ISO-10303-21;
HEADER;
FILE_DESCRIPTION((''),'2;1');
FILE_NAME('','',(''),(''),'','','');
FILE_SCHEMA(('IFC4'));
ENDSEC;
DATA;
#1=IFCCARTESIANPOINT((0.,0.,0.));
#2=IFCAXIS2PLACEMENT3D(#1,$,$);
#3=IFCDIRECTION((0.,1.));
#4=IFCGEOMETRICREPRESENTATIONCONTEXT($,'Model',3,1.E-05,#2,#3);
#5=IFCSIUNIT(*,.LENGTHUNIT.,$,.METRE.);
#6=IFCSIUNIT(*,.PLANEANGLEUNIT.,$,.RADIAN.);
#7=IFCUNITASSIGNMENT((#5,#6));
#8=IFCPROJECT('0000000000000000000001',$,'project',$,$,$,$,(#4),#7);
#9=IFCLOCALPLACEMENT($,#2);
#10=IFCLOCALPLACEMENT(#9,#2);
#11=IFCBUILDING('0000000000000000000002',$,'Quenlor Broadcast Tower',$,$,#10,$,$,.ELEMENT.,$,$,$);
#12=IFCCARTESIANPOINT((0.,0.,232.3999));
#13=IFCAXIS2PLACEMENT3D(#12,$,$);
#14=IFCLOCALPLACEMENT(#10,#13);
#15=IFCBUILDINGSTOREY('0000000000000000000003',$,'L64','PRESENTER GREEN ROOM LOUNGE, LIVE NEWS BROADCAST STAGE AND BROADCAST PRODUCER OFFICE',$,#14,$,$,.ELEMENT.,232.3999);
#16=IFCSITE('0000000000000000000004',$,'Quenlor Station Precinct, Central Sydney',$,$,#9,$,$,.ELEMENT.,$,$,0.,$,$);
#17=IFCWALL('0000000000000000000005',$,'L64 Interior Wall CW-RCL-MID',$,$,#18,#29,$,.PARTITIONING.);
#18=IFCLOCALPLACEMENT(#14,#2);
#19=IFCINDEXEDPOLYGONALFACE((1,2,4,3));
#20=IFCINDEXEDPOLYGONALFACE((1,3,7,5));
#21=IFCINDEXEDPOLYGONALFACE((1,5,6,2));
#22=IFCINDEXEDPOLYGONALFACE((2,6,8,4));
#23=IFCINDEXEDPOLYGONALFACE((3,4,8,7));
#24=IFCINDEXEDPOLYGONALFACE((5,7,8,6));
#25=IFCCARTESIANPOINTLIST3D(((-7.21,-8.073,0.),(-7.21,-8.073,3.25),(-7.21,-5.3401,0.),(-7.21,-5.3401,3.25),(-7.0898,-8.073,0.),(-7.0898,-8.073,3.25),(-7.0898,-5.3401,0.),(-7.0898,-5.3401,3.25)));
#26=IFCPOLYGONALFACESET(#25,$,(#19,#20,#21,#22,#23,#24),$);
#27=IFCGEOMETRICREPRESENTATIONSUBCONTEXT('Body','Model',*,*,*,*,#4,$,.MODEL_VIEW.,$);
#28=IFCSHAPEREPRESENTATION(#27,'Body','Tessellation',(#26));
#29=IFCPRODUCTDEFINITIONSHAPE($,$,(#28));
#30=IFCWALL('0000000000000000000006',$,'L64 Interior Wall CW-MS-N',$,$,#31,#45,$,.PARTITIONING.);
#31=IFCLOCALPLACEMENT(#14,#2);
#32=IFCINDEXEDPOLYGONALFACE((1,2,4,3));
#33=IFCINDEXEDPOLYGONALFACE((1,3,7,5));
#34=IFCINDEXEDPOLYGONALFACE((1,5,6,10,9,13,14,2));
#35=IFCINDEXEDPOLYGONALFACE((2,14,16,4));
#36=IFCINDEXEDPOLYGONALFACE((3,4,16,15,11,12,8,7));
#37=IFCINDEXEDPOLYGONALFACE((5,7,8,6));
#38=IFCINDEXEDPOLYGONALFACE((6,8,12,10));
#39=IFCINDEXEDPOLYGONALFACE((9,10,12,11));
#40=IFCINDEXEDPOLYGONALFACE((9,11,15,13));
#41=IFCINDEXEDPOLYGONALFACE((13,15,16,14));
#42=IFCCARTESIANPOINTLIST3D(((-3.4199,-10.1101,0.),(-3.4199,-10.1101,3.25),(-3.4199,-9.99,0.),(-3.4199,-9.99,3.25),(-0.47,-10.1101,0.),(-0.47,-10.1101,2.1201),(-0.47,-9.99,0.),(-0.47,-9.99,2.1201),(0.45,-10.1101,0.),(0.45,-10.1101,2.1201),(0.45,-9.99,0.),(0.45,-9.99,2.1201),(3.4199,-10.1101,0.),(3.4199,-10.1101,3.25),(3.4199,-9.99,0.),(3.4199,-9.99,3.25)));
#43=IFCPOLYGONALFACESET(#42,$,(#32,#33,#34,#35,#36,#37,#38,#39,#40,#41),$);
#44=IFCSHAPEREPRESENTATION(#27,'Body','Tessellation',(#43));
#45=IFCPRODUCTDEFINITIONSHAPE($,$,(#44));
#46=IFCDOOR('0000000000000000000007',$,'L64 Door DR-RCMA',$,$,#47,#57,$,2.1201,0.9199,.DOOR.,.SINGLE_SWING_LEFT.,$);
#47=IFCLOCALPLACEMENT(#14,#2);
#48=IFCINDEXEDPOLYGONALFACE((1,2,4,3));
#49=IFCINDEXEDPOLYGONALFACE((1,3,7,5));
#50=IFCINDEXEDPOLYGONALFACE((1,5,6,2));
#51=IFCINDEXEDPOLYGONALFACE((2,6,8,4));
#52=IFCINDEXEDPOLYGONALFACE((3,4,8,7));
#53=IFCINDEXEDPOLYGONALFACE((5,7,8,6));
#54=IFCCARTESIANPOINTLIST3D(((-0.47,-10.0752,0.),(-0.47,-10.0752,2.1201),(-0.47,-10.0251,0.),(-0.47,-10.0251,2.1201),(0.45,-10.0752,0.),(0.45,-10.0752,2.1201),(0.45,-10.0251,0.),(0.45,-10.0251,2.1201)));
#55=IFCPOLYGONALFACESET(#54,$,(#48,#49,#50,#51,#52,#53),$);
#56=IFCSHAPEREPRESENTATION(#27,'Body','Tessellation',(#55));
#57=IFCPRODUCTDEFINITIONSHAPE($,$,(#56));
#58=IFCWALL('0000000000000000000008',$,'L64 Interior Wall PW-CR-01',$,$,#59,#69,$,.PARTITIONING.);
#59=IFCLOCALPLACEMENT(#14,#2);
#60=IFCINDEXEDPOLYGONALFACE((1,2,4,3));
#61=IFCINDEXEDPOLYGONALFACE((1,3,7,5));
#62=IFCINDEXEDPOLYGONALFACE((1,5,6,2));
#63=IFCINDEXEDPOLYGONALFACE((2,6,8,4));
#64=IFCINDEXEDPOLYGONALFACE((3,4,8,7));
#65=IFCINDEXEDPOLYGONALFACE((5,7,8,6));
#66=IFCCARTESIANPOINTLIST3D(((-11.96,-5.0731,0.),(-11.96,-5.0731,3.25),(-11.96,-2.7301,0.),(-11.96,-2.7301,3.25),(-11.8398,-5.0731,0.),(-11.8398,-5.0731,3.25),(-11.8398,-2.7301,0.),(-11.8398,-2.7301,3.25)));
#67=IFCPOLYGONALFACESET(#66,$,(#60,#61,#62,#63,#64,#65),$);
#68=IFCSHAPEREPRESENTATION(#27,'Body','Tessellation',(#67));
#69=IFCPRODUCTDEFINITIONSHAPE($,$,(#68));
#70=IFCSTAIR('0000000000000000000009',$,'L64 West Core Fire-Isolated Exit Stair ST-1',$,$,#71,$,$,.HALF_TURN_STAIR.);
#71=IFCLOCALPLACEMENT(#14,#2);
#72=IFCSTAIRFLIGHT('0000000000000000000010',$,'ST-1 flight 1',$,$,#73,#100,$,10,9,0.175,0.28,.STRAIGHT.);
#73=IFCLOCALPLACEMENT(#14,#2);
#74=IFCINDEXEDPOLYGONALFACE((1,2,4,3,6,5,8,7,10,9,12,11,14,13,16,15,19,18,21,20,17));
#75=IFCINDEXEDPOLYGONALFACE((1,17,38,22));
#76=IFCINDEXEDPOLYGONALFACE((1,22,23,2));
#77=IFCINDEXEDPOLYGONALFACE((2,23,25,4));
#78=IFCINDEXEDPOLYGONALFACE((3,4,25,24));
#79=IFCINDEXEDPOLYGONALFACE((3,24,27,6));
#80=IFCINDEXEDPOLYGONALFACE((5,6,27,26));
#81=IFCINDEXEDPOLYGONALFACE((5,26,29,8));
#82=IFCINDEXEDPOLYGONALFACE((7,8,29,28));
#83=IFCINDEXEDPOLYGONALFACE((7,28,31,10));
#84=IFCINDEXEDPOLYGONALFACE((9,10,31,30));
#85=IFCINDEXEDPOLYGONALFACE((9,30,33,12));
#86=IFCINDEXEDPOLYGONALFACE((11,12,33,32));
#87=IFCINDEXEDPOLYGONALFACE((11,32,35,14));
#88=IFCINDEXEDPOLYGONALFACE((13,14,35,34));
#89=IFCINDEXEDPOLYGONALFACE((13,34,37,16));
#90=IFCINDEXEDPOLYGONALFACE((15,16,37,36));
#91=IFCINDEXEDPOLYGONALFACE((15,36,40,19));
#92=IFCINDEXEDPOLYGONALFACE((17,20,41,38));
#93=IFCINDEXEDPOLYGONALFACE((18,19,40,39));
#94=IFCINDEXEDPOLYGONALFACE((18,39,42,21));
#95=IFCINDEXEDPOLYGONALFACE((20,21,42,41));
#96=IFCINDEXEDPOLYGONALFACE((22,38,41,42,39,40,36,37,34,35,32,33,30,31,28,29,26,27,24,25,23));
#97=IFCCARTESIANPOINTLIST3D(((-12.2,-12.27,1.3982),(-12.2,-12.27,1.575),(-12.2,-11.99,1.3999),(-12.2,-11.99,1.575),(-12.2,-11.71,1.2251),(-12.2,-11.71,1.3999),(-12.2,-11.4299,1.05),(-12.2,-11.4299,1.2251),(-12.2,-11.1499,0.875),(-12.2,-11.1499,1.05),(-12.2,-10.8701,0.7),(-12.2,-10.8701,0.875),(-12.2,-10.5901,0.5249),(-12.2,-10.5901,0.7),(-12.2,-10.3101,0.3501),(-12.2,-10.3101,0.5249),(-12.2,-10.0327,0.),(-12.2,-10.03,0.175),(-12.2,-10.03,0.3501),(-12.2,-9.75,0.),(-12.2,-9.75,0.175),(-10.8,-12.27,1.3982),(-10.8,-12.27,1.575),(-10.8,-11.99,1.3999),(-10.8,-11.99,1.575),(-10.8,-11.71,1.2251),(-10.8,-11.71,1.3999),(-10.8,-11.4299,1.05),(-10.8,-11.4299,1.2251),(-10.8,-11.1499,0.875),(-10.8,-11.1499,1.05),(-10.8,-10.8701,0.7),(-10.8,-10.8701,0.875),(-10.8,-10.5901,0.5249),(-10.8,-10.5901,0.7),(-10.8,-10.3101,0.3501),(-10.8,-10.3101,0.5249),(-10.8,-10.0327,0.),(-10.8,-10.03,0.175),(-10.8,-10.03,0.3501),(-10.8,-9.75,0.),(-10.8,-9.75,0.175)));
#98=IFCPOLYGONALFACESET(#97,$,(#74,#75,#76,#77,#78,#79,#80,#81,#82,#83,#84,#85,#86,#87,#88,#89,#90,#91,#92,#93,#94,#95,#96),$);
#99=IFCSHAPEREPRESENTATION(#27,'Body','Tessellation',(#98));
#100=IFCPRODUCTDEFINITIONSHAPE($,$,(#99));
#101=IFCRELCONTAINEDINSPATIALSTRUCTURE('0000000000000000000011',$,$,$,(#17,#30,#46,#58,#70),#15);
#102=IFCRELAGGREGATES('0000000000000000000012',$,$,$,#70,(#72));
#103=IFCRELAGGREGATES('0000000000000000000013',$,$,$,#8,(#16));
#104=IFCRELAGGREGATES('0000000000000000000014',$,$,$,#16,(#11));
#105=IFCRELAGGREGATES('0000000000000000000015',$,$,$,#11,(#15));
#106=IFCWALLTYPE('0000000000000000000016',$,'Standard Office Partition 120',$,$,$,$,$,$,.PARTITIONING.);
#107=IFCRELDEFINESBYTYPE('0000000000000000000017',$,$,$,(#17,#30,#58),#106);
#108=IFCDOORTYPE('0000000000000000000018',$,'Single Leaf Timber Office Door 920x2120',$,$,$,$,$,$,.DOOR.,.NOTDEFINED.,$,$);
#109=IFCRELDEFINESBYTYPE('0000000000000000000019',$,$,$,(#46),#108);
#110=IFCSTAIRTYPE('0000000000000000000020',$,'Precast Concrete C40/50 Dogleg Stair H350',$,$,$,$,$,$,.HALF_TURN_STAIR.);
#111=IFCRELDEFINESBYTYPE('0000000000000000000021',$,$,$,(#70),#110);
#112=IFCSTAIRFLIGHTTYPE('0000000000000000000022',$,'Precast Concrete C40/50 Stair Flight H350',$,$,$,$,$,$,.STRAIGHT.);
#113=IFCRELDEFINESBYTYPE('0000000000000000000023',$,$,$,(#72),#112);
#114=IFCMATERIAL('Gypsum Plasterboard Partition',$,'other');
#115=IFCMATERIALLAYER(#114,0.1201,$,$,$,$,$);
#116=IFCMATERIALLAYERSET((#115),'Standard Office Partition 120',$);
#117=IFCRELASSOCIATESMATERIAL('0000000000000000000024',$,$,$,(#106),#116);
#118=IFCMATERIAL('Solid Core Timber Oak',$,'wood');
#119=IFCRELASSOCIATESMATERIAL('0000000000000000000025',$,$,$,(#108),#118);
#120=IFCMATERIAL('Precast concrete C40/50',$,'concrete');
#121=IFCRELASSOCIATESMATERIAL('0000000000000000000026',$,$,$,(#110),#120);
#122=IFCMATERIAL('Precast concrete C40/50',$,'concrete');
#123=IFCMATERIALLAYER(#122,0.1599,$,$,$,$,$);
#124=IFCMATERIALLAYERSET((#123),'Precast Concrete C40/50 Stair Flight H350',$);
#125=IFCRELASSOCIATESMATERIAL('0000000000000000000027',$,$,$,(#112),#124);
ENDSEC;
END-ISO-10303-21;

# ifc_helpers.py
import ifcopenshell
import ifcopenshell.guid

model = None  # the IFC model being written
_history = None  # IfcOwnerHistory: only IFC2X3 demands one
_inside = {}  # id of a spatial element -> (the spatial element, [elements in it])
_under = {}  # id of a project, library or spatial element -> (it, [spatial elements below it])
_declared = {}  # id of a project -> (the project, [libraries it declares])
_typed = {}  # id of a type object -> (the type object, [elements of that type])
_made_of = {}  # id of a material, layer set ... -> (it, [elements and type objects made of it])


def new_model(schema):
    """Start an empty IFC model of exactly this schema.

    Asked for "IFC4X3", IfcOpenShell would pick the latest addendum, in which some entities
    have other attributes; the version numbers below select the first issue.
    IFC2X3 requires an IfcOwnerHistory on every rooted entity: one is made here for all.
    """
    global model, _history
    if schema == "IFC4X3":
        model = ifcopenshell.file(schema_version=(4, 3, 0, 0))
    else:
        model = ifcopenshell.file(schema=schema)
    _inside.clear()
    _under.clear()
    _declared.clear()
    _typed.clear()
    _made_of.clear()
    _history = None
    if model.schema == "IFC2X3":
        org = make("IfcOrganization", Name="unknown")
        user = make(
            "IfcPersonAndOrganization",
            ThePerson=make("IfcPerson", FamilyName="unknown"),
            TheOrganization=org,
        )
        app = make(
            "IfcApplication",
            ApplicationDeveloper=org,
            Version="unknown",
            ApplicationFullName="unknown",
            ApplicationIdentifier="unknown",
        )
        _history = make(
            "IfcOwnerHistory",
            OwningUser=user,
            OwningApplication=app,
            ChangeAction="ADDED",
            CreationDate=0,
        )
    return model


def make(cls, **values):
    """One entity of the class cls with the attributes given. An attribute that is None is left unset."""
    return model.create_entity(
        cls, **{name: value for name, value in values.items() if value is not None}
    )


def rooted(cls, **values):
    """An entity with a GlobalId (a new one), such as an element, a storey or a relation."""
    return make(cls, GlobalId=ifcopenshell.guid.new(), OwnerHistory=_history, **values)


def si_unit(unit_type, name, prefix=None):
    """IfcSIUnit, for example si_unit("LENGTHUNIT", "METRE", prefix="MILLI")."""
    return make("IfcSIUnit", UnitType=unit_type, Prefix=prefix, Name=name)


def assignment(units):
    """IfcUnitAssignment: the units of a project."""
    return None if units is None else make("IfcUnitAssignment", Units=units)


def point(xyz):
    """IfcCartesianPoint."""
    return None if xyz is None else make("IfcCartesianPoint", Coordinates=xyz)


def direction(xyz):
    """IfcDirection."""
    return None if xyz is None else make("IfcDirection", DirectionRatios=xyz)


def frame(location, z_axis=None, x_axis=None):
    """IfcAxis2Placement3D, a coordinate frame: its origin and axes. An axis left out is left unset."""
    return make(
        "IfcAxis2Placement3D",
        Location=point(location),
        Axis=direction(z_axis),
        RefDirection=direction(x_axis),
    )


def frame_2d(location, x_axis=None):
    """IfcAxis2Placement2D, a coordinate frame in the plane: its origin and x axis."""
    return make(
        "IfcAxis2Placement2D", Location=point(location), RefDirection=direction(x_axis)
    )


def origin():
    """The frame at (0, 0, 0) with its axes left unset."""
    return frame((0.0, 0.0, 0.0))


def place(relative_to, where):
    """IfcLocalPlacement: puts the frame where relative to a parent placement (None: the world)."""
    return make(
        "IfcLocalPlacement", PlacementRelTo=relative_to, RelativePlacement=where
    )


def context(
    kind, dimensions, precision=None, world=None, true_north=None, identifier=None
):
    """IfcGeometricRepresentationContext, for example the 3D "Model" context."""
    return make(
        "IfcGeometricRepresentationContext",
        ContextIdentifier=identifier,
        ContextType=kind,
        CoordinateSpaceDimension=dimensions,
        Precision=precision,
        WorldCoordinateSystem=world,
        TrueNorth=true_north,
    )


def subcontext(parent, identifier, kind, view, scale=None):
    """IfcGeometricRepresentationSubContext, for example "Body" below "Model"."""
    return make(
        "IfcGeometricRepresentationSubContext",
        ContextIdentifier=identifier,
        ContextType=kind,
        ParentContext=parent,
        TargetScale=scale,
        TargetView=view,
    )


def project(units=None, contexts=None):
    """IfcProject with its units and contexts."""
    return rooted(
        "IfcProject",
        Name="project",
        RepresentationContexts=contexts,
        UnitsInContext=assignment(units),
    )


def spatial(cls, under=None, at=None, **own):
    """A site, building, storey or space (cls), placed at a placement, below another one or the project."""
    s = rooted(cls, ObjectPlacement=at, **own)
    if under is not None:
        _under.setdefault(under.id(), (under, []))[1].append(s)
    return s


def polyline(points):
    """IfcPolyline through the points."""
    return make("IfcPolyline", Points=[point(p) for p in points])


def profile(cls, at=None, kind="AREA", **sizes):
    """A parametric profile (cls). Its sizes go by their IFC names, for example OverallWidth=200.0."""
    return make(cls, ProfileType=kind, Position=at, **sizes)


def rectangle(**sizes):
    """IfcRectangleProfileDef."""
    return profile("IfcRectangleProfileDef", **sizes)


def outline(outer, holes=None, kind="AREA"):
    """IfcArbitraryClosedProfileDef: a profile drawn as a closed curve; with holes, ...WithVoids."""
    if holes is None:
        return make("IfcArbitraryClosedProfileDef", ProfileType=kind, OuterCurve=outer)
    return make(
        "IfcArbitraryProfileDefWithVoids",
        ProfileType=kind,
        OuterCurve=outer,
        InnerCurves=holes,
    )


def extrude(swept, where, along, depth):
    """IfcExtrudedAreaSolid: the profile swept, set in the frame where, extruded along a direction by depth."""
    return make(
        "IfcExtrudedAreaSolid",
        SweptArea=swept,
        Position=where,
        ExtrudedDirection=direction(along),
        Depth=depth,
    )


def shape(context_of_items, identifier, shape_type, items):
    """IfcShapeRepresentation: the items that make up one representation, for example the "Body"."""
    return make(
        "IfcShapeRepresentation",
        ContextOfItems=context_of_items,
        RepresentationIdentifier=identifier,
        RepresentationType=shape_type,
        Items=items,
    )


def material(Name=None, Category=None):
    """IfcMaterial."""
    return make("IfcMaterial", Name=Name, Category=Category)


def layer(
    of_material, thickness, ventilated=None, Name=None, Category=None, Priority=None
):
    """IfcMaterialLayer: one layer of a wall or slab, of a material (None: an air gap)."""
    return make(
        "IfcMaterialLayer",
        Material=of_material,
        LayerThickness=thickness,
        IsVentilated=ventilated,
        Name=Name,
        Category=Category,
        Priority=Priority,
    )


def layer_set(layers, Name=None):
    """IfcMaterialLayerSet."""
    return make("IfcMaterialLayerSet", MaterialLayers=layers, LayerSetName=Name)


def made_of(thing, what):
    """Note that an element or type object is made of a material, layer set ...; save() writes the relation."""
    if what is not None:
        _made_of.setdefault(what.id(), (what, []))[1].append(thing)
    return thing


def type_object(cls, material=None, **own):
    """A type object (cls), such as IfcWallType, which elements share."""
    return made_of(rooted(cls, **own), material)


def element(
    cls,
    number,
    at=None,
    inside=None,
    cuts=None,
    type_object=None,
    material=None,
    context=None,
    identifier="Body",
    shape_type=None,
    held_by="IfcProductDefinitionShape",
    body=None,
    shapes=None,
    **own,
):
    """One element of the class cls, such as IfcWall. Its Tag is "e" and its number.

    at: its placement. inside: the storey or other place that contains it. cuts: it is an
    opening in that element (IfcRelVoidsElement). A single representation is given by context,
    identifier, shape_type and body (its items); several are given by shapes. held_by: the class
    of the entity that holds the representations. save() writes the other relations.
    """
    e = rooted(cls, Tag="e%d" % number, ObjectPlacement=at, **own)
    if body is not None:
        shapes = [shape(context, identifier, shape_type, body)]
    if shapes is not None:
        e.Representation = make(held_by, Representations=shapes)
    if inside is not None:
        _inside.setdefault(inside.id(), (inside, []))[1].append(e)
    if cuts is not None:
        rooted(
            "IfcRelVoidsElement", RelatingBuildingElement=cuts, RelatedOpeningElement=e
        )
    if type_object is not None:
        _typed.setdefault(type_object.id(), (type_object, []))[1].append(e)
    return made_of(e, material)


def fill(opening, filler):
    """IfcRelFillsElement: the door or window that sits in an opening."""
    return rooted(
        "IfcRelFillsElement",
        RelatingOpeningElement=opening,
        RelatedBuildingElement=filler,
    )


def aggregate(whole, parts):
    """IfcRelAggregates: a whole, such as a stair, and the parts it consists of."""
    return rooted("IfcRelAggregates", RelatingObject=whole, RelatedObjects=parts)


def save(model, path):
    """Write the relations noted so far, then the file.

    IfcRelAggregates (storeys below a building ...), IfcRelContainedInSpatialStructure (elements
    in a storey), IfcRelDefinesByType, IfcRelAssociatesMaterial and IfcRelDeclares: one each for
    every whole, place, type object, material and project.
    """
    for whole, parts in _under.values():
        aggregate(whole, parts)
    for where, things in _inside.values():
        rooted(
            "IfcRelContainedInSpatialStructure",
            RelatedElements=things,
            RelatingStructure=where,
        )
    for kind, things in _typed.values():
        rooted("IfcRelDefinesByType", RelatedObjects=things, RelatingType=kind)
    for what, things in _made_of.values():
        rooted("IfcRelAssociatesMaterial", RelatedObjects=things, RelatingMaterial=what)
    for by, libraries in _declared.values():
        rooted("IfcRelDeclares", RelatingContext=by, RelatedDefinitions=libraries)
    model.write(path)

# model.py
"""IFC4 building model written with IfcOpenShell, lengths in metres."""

from ifc_helpers import new_model, si_unit, direction, frame, frame_2d, origin, place, context, subcontext, project, spatial, polyline, rectangle, outline, extrude, material, layer, layer_set, type_object, element, fill, aggregate, save


model = new_model("IFC4")

# Units and contexts
model_context = context("Model", 3, precision=1e-05, world=origin(), true_north=direction((0.0, 1.0)))
body_context = subcontext(model_context, "Body", "Model", "MODEL_VIEW")
ifc_project = project(units=[si_unit("LENGTHUNIT", "METRE"), si_unit("PLANEANGLEUNIT", "RADIAN")], contexts=[model_context])

# Site, building, storey
site_placement = place(None, origin())
site = spatial("IfcSite", under=ifc_project, at=site_placement, Name="Quenlor Station Precinct, Central Sydney", CompositionType="ELEMENT", RefElevation=0.0)
building_placement = place(site_placement, origin())
building = spatial("IfcBuilding", under=site, at=building_placement, Name="Quenlor Broadcast Tower", CompositionType="ELEMENT")
storey_placement = place(building_placement, frame((0.0, 0.0, 232.3999)))
storey = spatial("IfcBuildingStorey", under=building, at=storey_placement, Name="L64", Description="PRESENTER GREEN ROOM LOUNGE, LIVE NEWS BROADCAST STAGE AND BROADCAST PRODUCER OFFICE", CompositionType="ELEMENT", Elevation=232.3999)

# Wall
ifc_material_1 = material(Name="Gypsum Plasterboard Partition", Category="other")
ifc_layer_1 = layer(ifc_material_1, 0.1201)
ifc_layer_set_1 = layer_set([ifc_layer_1], Name="Standard Office Partition 120")
wall_type_1 = type_object("IfcWallType", Name="Standard Office Partition 120", PredefinedType="PARTITIONING", material=ifc_layer_set_1)
wall_1_placement = place(storey_placement, frame((-7.1499, -8.073, 0.0), z_axis=(0.0, 0.0, 1.0), x_axis=(0.0, 1.0, 0.0)))
element("IfcWall", 1, at=wall_1_placement, inside=storey, type_object=wall_type_1, Name="L64 Interior Wall CW-RCL-MID", PredefinedType="PARTITIONING", context=body_context, shape_type="SweptSolid", body=[
    extrude(rectangle(XDim=2.7329, YDim=0.1201, at=frame_2d((1.3665, 0.0))), origin(), (0.0, 0.0, 1.0), 3.25),
])

# Wall, opening, door
wall_2_placement = place(storey_placement, frame((-3.4199, -10.05, 0.0), z_axis=(0.0, 0.0, 1.0), x_axis=(1.0, 0.0, 0.0)))
wall_2 = element("IfcWall", 2, at=wall_2_placement, inside=storey, type_object=wall_type_1, Name="L64 Interior Wall CW-MS-N", PredefinedType="PARTITIONING", context=body_context, shape_type="SweptSolid", body=[
    extrude(rectangle(XDim=6.8398, YDim=0.1201, at=frame_2d((3.4199, 0.0))), origin(), (0.0, 0.0, 1.0), 3.25),
])
opening_1_placement = place(wall_2_placement, frame((2.95, 0.0, 0.0)))
opening_1 = element("IfcOpeningElement", 3, at=opening_1_placement, cuts=wall_2, PredefinedType="OPENING", context=body_context, shape_type="SweptSolid", body=[
    extrude(rectangle(XDim=0.9199, YDim=2.1201, at=frame_2d((0.46, 1.0601))), frame((0.0, 0.0701, 0.0), z_axis=(0.0, -1.0, 0.0), x_axis=(1.0, 0.0, 0.0)), (0.0, 0.0, 1.0), 0.1401),
])
ifc_material_2 = material(Name="Solid Core Timber Oak", Category="wood")
door_type_1 = type_object("IfcDoorType", Name="Single Leaf Timber Office Door 920x2120", OperationType="NOTDEFINED", PredefinedType="DOOR", material=ifc_material_2)
door_1_placement = place(opening_1_placement, origin())
door_1 = element("IfcDoor", 4, at=door_1_placement, inside=storey, type_object=door_type_1, Name="L64 Door DR-RCMA", OperationType="SINGLE_SWING_LEFT", OverallHeight=2.1201, OverallWidth=0.9199, PredefinedType="DOOR", context=body_context, shape_type="SweptSolid", body=[
    extrude(rectangle(XDim=0.9199, YDim=2.1201, at=frame_2d((0.46, 1.0601))), frame((0.0, 0.0249, 0.0), z_axis=(0.0, -1.0, 0.0), x_axis=(1.0, 0.0, 0.0)), (0.0, 0.0, 1.0), 0.05),
])
fill(opening_1, door_1)

# Wall
wall_3_placement = place(storey_placement, frame((-11.8999, -5.073, 0.0), z_axis=(0.0, 0.0, 1.0), x_axis=(0.0, 1.0, 0.0)))
element("IfcWall", 5, at=wall_3_placement, inside=storey, type_object=wall_type_1, Name="L64 Interior Wall PW-CR-01", PredefinedType="PARTITIONING", context=body_context, shape_type="SweptSolid", body=[
    extrude(rectangle(XDim=2.343, YDim=0.1201, at=frame_2d((1.1714, 0.0))), origin(), (0.0, 0.0, 1.0), 3.25),
])

# Stair, stair flight
ifc_material_3 = material(Name="Precast concrete C40/50", Category="concrete")
stair_type = type_object("IfcStairType", Name="Precast Concrete C40/50 Dogleg Stair H350", PredefinedType="HALF_TURN_STAIR", material=ifc_material_3)
stair_placement = place(storey_placement, origin())
stair = element("IfcStair", 6, at=stair_placement, inside=storey, type_object=stair_type, Name="L64 West Core Fire-Isolated Exit Stair ST-1", PredefinedType="HALF_TURN_STAIR")
ifc_material_4 = material(Name="Precast concrete C40/50", Category="concrete")
ifc_layer_2 = layer(ifc_material_4, 0.1599)
ifc_layer_set_2 = layer_set([ifc_layer_2], Name="Precast Concrete C40/50 Stair Flight H350")
stair_flight_type = type_object("IfcStairFlightType", Name="Precast Concrete C40/50 Stair Flight H350", PredefinedType="STRAIGHT", material=ifc_layer_set_2)
stair_flight_placement = place(storey_placement, frame((-11.5, -9.75, 0.0), z_axis=(0.0, 0.0, 1.0), x_axis=(0.0, -1.0, 0.0)))
stair_flight = element("IfcStairFlight", 7, at=stair_flight_placement, type_object=stair_flight_type, Name="ST-1 flight 1", NumberOfRisers=10, NumberOfTreads=9, PredefinedType="STRAIGHT", RiserHeight=0.175, TreadLength=0.28, context=body_context, shape_type="SweptSolid", body=[
    extrude(outline(polyline([(0.0, 0.0), (0.0, 0.175), (0.28, 0.175), (0.28, 0.3501), (0.5601, 0.3501), (0.5601, 0.5249), (0.8401, 0.5249), (0.8401, 0.7), (1.1201, 0.7), (1.1201, 0.875), (1.3999, 0.875), (1.3999, 1.05), (1.6799, 1.05), (1.6799, 1.2251), (1.96, 1.2251), (1.96, 1.3999), (2.24, 1.3999), (2.24, 1.575), (2.52, 1.575), (2.52, 1.75), (2.52, 1.3982), (0.2827, 0.0), (0.0, 0.0)])), frame((0.0, 0.7, 0.0), z_axis=(0.0, -1.0, 0.0), x_axis=(1.0, 0.0, 0.0)), (0.0, 0.0, 1.0), 1.3999),
])
aggregate(stair, [stair_flight])

save(model, "model.ifc")
